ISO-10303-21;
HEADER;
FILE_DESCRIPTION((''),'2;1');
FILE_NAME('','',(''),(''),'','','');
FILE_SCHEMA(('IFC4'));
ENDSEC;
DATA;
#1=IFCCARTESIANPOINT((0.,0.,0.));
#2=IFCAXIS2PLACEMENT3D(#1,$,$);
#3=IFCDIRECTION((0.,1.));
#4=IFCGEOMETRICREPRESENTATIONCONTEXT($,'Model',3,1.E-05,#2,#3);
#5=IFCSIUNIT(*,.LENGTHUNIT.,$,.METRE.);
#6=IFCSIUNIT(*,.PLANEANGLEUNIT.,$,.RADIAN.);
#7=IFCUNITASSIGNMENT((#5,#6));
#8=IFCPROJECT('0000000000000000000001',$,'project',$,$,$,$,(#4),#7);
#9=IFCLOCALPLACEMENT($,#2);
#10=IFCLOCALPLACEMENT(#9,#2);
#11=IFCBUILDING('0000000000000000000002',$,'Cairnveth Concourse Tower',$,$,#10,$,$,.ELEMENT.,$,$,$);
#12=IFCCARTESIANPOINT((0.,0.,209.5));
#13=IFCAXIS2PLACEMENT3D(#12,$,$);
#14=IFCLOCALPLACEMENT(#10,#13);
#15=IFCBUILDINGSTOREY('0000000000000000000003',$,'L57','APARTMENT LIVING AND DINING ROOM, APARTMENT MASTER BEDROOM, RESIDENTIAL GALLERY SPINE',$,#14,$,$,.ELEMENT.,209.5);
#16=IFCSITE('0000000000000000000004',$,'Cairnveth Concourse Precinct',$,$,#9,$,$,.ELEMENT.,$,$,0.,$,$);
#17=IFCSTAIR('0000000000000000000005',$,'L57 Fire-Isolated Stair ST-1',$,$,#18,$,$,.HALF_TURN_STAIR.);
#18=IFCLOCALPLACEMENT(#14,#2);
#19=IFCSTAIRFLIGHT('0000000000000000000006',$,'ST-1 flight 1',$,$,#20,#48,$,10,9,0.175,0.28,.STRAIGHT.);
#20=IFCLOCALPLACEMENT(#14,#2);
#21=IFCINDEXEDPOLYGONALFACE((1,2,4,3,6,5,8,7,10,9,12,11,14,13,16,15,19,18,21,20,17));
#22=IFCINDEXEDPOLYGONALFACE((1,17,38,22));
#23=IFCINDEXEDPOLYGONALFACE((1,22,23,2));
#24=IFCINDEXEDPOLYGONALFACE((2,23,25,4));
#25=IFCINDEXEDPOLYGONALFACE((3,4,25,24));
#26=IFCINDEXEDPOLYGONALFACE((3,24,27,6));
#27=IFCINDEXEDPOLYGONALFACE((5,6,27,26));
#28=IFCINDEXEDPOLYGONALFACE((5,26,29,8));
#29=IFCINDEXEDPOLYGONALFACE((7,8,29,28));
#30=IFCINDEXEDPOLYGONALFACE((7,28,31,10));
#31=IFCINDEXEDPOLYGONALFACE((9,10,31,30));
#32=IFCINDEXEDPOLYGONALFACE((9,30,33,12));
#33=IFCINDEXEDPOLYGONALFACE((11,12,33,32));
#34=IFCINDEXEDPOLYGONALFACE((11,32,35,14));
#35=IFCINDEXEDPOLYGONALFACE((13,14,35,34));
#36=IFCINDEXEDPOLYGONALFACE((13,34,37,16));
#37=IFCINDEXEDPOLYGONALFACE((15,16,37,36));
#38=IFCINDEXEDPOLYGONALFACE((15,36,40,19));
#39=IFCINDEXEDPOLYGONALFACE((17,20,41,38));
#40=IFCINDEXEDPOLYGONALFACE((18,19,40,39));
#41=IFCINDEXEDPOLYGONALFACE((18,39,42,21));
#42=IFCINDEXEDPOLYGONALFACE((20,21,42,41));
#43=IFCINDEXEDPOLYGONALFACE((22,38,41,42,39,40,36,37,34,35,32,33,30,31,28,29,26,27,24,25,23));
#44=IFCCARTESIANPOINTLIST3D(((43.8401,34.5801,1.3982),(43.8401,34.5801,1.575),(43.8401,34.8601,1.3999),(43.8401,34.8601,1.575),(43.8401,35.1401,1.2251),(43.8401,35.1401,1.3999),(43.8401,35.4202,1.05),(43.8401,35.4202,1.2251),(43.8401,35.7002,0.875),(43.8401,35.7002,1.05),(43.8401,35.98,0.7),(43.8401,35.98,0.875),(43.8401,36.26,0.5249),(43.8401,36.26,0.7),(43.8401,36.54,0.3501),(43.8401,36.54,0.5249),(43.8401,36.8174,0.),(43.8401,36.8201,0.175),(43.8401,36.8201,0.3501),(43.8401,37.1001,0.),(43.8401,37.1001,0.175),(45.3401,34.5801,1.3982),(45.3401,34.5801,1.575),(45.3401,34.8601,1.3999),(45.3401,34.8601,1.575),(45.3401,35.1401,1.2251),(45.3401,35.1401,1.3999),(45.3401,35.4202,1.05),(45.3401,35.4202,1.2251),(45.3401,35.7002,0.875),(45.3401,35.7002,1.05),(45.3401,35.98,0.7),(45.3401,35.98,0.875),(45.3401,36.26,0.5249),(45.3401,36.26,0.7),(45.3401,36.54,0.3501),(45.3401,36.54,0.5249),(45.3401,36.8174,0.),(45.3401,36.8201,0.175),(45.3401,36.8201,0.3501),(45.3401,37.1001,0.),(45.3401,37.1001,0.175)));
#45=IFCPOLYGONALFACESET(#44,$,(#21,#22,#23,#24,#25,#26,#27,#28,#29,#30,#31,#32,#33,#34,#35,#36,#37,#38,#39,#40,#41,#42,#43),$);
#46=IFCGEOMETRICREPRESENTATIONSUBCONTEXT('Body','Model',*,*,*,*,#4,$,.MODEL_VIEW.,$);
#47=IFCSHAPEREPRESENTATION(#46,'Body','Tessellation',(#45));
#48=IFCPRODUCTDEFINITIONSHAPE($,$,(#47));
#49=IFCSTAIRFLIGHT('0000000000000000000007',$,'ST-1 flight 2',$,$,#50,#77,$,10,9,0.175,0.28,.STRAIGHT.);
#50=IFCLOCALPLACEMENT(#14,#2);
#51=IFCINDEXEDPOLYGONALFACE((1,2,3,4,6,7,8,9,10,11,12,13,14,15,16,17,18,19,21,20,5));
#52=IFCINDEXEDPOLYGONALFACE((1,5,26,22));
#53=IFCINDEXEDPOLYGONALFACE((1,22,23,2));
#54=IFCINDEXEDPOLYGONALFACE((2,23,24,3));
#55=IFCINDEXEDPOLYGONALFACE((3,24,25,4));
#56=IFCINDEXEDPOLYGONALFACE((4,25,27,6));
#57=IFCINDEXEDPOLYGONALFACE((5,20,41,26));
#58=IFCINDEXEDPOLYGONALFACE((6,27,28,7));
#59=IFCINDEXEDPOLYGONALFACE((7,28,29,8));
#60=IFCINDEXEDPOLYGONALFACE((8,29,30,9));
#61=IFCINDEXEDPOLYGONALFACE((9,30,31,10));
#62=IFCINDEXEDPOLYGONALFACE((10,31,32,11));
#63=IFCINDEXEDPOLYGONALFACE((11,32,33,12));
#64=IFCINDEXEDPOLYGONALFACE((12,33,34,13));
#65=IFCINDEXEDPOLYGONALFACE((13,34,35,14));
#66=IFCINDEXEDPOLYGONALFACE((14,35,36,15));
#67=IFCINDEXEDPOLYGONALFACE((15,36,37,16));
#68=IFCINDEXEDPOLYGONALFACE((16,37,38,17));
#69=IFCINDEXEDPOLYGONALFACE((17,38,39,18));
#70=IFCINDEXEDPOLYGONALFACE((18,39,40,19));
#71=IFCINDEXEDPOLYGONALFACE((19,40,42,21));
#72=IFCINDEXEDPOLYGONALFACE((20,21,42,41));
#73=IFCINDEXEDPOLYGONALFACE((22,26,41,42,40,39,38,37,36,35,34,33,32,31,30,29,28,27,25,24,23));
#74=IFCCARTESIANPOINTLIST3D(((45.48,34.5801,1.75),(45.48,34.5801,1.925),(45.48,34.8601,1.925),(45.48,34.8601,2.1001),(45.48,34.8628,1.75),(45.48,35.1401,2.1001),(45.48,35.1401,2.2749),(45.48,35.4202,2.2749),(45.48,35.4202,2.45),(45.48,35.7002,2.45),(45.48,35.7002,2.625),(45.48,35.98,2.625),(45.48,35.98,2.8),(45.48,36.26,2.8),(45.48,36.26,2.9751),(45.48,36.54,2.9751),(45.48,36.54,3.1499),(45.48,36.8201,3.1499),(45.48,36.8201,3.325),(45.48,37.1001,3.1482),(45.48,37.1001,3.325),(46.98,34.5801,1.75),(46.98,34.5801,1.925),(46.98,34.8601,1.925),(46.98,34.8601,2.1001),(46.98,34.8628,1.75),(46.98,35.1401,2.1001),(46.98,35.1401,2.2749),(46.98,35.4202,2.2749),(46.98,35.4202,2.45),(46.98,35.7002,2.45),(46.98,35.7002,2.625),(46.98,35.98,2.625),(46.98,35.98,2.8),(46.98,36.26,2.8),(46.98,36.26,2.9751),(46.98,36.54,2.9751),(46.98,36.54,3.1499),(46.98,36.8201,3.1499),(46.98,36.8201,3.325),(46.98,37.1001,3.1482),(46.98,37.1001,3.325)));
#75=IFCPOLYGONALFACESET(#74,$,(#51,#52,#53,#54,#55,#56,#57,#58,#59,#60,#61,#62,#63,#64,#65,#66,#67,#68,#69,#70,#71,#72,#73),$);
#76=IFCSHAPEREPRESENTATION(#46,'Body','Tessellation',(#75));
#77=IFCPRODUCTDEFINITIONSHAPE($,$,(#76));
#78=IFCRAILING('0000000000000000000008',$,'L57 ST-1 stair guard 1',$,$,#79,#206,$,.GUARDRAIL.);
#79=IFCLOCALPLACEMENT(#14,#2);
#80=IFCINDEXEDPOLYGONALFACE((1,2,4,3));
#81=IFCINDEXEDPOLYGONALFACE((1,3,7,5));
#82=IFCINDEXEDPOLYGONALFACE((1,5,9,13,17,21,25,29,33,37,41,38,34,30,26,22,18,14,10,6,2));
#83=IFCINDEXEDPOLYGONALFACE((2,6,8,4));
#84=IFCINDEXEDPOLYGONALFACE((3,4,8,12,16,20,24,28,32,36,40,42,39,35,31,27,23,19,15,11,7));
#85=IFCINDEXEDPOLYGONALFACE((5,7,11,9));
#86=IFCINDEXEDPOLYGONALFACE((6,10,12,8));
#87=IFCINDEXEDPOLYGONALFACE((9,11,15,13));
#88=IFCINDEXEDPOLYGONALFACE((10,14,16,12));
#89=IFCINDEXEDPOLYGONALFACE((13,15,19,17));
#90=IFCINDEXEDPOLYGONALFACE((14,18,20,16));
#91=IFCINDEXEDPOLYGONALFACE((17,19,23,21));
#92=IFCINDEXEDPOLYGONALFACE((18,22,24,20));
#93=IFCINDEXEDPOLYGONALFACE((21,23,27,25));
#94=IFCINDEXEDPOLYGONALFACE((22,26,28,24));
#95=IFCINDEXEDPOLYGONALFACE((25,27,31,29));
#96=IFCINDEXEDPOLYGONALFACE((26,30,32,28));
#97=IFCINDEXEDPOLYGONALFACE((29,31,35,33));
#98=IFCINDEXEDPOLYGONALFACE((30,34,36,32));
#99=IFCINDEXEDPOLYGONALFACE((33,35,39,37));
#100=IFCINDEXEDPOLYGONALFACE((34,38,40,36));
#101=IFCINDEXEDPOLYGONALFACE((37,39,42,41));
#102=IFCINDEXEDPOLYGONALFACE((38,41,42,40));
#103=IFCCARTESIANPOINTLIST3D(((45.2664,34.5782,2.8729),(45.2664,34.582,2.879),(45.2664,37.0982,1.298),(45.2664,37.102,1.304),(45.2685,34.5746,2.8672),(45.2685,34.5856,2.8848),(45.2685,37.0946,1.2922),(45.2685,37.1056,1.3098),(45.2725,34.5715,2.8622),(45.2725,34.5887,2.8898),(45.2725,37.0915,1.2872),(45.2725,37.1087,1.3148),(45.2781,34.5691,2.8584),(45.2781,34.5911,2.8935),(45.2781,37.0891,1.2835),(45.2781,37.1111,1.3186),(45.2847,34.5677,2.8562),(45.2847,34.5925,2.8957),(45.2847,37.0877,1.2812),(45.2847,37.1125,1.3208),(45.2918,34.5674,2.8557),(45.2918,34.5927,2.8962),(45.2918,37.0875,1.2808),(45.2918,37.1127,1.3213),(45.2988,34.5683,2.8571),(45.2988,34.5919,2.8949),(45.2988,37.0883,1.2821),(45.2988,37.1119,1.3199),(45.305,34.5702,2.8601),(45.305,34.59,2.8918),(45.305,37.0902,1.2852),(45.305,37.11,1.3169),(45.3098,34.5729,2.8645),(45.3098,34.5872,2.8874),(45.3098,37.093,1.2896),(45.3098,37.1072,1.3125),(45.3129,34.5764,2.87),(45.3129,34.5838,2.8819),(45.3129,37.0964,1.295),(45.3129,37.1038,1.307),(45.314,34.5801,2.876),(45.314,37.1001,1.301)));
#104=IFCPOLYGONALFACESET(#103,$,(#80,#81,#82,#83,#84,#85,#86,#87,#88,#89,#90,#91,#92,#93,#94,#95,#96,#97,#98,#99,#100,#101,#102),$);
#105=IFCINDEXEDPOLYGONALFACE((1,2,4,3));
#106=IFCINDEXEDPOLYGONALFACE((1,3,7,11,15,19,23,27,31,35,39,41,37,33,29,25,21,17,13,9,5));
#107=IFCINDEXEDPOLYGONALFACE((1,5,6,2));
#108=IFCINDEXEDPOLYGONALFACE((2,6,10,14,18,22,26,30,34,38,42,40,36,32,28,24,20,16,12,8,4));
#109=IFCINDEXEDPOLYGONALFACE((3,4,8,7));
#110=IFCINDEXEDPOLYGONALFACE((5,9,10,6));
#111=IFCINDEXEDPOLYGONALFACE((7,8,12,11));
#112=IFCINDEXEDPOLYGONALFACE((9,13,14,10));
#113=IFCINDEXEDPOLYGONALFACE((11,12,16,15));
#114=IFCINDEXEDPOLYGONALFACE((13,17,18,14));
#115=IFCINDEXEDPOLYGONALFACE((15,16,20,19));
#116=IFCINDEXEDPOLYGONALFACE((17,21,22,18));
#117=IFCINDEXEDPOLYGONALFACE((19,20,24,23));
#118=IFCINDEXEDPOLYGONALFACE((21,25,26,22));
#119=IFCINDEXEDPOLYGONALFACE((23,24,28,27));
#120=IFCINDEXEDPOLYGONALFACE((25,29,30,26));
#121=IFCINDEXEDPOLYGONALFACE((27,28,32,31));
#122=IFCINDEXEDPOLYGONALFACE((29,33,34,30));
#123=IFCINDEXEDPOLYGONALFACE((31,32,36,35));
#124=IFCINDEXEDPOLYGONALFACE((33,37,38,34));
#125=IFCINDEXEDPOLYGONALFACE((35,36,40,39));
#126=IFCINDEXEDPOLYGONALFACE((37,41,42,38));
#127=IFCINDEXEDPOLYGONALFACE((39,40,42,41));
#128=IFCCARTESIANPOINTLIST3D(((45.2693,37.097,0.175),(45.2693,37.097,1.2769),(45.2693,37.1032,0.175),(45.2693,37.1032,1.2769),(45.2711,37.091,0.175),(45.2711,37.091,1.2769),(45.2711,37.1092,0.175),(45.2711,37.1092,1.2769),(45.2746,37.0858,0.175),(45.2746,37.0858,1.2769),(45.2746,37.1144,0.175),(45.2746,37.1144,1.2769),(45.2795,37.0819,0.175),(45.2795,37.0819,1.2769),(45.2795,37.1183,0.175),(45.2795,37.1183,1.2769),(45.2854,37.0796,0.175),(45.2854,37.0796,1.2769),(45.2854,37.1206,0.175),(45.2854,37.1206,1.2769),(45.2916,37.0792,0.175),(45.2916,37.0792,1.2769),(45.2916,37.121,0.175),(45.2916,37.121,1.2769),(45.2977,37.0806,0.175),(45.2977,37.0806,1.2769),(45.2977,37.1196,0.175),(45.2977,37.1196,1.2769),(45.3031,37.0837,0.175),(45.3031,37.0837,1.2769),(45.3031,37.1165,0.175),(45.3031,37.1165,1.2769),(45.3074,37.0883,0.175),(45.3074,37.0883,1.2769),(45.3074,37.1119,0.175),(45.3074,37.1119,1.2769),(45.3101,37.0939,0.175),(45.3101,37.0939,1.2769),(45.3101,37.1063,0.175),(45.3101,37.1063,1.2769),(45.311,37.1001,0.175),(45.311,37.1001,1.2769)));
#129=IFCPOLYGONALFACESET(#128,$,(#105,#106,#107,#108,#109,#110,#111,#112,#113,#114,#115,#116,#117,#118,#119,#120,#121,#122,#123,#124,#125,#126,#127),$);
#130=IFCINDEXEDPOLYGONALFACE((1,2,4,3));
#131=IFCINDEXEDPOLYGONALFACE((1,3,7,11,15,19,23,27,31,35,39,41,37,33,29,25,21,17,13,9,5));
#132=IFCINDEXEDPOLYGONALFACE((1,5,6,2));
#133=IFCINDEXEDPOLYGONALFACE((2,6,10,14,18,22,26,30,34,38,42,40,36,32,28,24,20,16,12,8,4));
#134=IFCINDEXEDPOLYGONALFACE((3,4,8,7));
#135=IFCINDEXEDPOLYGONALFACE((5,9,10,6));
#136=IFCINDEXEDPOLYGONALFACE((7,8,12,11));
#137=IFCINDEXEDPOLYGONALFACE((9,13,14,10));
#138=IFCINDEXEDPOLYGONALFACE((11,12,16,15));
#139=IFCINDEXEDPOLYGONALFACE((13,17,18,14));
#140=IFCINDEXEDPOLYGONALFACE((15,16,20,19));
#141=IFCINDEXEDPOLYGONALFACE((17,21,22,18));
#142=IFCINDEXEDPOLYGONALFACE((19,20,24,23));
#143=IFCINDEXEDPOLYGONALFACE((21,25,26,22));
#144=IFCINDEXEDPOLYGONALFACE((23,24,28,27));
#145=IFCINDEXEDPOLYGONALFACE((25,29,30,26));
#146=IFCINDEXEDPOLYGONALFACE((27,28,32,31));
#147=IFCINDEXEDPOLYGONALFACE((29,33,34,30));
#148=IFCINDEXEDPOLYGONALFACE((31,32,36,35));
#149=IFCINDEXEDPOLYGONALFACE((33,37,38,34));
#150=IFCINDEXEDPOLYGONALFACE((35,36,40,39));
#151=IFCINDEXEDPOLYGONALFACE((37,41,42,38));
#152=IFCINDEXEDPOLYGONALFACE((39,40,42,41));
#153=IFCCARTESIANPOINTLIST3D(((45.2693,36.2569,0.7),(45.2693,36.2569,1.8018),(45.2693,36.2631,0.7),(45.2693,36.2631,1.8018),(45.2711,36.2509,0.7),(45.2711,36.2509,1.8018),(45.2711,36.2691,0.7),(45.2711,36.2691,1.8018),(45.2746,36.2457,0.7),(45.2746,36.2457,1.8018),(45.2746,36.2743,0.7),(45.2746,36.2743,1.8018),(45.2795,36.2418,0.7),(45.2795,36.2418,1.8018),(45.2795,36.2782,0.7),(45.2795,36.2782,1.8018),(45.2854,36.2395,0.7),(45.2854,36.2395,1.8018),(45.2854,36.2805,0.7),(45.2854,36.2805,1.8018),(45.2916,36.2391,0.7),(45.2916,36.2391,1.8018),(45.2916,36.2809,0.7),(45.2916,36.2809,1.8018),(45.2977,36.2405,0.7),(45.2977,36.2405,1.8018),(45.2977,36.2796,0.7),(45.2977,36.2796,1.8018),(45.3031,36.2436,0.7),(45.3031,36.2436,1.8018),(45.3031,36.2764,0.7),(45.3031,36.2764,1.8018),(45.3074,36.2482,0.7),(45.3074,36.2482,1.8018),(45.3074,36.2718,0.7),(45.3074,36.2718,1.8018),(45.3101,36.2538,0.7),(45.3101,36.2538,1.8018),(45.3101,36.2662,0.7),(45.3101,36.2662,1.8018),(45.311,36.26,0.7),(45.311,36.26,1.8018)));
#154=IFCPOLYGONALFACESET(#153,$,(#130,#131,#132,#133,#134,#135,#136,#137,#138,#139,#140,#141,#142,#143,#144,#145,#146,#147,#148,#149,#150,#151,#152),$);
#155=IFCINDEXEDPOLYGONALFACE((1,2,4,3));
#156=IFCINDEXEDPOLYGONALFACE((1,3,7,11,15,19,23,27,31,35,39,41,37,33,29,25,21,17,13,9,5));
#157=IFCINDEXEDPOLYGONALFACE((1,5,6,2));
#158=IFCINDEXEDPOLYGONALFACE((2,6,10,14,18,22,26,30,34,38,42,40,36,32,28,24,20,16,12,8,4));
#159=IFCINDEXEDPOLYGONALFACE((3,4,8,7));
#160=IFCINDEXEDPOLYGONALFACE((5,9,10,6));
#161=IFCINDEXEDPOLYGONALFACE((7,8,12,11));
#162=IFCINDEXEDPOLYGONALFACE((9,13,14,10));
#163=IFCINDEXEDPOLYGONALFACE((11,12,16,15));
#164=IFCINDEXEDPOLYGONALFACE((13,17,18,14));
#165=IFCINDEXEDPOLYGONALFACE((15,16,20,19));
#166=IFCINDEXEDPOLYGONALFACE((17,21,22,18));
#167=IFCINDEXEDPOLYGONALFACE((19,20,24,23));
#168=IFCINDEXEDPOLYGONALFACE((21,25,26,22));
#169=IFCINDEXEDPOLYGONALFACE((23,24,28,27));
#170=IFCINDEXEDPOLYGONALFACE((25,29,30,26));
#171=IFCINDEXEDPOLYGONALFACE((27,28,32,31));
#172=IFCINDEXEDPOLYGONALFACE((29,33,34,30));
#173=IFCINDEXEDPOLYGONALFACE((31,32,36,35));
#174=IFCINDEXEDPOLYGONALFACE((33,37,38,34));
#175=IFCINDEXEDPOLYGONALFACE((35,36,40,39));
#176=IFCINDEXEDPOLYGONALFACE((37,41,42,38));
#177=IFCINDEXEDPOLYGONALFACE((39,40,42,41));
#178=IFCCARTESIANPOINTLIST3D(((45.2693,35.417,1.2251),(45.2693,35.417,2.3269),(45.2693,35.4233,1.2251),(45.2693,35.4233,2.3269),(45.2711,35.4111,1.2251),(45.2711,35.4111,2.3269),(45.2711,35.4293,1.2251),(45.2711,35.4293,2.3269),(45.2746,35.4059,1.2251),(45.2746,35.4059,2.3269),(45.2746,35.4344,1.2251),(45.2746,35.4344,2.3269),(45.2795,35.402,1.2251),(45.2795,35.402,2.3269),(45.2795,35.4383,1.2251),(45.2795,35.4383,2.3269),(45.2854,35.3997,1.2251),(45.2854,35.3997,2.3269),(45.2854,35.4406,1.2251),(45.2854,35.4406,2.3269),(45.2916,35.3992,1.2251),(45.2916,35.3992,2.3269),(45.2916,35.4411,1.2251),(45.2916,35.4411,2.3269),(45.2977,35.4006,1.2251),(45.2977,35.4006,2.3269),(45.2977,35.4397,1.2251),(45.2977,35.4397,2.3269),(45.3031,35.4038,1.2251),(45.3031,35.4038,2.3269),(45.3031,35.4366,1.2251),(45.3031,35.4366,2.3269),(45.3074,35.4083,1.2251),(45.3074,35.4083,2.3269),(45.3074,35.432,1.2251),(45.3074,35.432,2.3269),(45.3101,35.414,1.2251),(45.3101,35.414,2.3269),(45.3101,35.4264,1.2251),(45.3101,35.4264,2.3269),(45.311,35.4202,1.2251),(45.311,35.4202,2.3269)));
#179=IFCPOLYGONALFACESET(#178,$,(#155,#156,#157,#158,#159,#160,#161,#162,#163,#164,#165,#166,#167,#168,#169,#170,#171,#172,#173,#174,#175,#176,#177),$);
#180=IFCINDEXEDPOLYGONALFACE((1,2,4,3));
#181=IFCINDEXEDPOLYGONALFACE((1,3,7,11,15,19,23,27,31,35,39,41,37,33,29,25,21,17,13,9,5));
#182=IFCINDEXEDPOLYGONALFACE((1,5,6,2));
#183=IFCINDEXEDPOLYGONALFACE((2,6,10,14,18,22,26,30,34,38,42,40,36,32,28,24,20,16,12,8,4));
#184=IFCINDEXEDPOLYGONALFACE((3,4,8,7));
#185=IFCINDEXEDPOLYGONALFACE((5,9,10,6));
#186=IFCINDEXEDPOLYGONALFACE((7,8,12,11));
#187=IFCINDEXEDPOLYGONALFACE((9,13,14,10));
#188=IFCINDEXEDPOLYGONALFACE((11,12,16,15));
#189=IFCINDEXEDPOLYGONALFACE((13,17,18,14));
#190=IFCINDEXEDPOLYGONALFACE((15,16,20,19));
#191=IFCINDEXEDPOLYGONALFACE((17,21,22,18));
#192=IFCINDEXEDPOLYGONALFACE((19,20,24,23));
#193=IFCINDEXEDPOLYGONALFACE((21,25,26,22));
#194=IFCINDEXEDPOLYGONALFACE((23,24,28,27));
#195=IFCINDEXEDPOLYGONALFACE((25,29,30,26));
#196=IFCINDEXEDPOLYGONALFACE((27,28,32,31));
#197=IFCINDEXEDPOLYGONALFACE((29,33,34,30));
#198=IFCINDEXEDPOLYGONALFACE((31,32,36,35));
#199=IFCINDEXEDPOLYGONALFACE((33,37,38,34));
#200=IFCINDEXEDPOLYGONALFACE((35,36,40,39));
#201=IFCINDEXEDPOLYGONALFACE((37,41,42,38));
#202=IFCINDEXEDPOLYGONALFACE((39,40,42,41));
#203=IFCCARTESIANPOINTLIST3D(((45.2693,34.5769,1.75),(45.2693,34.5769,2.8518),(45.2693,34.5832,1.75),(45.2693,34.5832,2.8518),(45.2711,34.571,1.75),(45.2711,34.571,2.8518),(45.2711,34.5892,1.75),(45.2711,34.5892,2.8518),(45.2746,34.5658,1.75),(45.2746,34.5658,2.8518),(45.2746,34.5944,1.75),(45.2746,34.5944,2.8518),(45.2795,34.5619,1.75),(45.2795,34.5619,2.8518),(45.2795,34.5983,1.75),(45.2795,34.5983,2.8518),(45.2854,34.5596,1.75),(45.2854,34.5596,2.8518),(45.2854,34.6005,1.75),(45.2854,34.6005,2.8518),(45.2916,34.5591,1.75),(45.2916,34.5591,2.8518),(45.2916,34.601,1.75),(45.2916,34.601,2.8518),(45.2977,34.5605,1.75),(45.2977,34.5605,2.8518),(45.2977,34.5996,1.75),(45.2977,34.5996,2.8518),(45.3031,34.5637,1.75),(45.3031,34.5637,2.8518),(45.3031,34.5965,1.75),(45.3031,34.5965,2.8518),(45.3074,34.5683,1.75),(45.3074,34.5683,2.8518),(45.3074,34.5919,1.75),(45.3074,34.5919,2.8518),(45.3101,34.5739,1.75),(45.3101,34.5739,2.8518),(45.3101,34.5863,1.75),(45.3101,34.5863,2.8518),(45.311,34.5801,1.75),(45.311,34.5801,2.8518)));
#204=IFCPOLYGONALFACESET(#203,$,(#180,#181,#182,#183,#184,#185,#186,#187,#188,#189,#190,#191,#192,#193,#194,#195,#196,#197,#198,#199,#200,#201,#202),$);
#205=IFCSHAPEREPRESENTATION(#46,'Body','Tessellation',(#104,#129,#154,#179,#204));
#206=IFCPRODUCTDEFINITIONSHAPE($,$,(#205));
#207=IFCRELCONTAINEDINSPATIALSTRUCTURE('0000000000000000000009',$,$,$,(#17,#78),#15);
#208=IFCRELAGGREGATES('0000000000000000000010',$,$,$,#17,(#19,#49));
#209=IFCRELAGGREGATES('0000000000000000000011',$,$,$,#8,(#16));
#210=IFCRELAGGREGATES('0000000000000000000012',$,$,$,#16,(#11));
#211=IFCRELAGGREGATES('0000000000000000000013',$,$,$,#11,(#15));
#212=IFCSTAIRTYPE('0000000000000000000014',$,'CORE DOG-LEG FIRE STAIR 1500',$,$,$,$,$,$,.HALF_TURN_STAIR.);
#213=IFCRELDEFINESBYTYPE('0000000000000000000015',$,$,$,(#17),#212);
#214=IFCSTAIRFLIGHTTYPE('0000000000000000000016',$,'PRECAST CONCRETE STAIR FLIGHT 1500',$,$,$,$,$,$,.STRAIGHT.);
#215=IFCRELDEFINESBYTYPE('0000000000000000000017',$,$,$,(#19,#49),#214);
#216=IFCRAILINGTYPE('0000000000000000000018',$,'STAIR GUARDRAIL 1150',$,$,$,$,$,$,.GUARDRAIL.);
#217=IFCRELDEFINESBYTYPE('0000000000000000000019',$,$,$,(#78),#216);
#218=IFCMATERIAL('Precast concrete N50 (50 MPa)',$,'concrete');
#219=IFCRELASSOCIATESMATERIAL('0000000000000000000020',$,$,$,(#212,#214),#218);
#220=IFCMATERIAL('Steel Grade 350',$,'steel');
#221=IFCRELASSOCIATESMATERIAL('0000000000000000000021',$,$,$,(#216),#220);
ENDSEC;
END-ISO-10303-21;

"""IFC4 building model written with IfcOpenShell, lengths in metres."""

from ifc_helpers import new_model, si_unit, direction, frame, origin, origin_2d, place, context, subcontext, project, spatial, polyline, circle, outline, extrude, material, type_object, element, aggregate, save


model = new_model("IFC4")

# Units and contexts
model_context = context("Model", 3, precision=1e-05, world=origin(), true_north=direction((0.0, 1.0)))
body_context = subcontext(model_context, "Body", "Model", "MODEL_VIEW")
ifc_project = project(units=[si_unit("LENGTHUNIT", "METRE"), si_unit("PLANEANGLEUNIT", "RADIAN")], contexts=[model_context])

# Site, building, storey
site_placement = place(None, origin())
site = spatial("IfcSite", under=ifc_project, at=site_placement, Name="Cairnveth Concourse Precinct", CompositionType="ELEMENT", RefElevation=0.0)
building_placement = place(site_placement, origin())
building = spatial("IfcBuilding", under=site, at=building_placement, Name="Cairnveth Concourse Tower", CompositionType="ELEMENT")
storey_placement = place(building_placement, frame((0.0, 0.0, 209.5)))
storey = spatial("IfcBuildingStorey", under=building, at=storey_placement, Name="L57", Description="APARTMENT LIVING AND DINING ROOM, APARTMENT MASTER BEDROOM, RESIDENTIAL GALLERY SPINE", CompositionType="ELEMENT", Elevation=209.5)

# Stair, stair flights
ifc_material_1 = material(Name="Precast concrete N50 (50 MPa)", Category="concrete")
stair_type = type_object("IfcStairType", Name="CORE DOG-LEG FIRE STAIR 1500", PredefinedType="HALF_TURN_STAIR", material=ifc_material_1)
stair_placement = place(storey_placement, origin())
stair = element("IfcStair", 1, at=stair_placement, inside=storey, type_object=stair_type, Name="L57 Fire-Isolated Stair ST-1", PredefinedType="HALF_TURN_STAIR")
stair_flight_type = type_object("IfcStairFlightType", Name="PRECAST CONCRETE STAIR FLIGHT 1500", PredefinedType="STRAIGHT", material=ifc_material_1)
stair_flight_1_placement = place(storey_placement, frame((44.5901, 37.1001, 0.0), z_axis=(0.0, 0.0, 1.0), x_axis=(0.0, -1.0, 0.0)))
stair_flight_1 = element("IfcStairFlight", 2, at=stair_flight_1_placement, type_object=stair_flight_type, Name="ST-1 flight 1", NumberOfRisers=10, NumberOfTreads=9, PredefinedType="STRAIGHT", RiserHeight=0.175, TreadLength=0.28, context=body_context, shape_type="SweptSolid", body=[
    extrude(outline(polyline([(0.0, 0.0), (0.0, 0.175), (0.28, 0.175), (0.28, 0.3501), (0.5601, 0.3501), (0.5601, 0.5249), (0.8401, 0.5249), (0.8401, 0.7), (1.1201, 0.7), (1.1201, 0.875), (1.3999, 0.875), (1.3999, 1.05), (1.6799, 1.05), (1.6799, 1.2251), (1.96, 1.2251), (1.96, 1.3999), (2.24, 1.3999), (2.24, 1.575), (2.52, 1.575), (2.52, 1.75), (2.52, 1.3982), (0.2827, 0.0), (0.0, 0.0)])), frame((0.0, 0.75, 0.0), z_axis=(0.0, -1.0, 0.0), x_axis=(1.0, 0.0, 0.0)), (0.0, 0.0, 1.0), 1.5),
])
stair_flight_2_placement = place(storey_placement, frame((46.23, 34.5801, 1.75), z_axis=(0.0, 0.0, 1.0), x_axis=(0.0, 1.0, 0.0)))
stair_flight_2 = element("IfcStairFlight", 3, at=stair_flight_2_placement, type_object=stair_flight_type, Name="ST-1 flight 2", NumberOfRisers=10, NumberOfTreads=9, PredefinedType="STRAIGHT", RiserHeight=0.175, TreadLength=0.28, context=body_context, shape_type="SweptSolid", body=[
    extrude(outline(polyline([(0.0, 0.0), (0.0, 0.175), (0.28, 0.175), (0.28, 0.3501), (0.5601, 0.3501), (0.5601, 0.5249), (0.8401, 0.5249), (0.8401, 0.7), (1.1201, 0.7), (1.1201, 0.875), (1.3999, 0.875), (1.3999, 1.05), (1.6799, 1.05), (1.6799, 1.2251), (1.96, 1.2251), (1.96, 1.3999), (2.24, 1.3999), (2.24, 1.575), (2.52, 1.575), (2.52, 1.75), (2.52, 1.3982), (0.2827, 0.0), (0.0, 0.0)])), frame((0.0, 0.75, 0.0), z_axis=(0.0, -1.0, 0.0), x_axis=(1.0, 0.0, 0.0)), (0.0, 0.0, 1.0), 1.5),
])
aggregate(stair, [stair_flight_1, stair_flight_2])

# Railing
ifc_material_2 = material(Name="Steel Grade 350", Category="steel")
railing_type_1 = type_object("IfcRailingType", Name="STAIR GUARDRAIL 1150", PredefinedType="GUARDRAIL", material=ifc_material_2)
railing_1_placement = place(storey_placement, frame((45.29, 37.1001, 0.175)))
element("IfcRailing", 4, at=railing_1_placement, inside=storey, type_object=railing_type_1, Name="L57 ST-1 stair guard 1", PredefinedType="GUARDRAIL", context=body_context, shape_type="SweptSolid", body=[
    extrude(circle(Radius=0.0239, at=origin_2d()), frame((0.0, 0.0, 1.126), z_axis=(0.0, -0.848008, 0.529984), x_axis=(1.0, 0.0, 0.0)), (0.0, 0.0, 1.0), 2.9717),
    extrude(circle(Radius=0.021, at=origin_2d()), origin(), (0.0, 0.0, 1.0), 1.1018),
    extrude(circle(Radius=0.021, at=origin_2d()), frame((0.0, -0.8401, 0.5249)), (0.0, 0.0, 1.0), 1.1018),
    extrude(circle(Radius=0.021, at=origin_2d()), frame((0.0, -1.6799, 1.05)), (0.0, 0.0, 1.0), 1.1018),
    extrude(circle(Radius=0.021, at=origin_2d()), frame((0.0, -2.52, 1.575)), (0.0, 0.0, 1.0), 1.1018),
])

save(model, "model.ifc")
